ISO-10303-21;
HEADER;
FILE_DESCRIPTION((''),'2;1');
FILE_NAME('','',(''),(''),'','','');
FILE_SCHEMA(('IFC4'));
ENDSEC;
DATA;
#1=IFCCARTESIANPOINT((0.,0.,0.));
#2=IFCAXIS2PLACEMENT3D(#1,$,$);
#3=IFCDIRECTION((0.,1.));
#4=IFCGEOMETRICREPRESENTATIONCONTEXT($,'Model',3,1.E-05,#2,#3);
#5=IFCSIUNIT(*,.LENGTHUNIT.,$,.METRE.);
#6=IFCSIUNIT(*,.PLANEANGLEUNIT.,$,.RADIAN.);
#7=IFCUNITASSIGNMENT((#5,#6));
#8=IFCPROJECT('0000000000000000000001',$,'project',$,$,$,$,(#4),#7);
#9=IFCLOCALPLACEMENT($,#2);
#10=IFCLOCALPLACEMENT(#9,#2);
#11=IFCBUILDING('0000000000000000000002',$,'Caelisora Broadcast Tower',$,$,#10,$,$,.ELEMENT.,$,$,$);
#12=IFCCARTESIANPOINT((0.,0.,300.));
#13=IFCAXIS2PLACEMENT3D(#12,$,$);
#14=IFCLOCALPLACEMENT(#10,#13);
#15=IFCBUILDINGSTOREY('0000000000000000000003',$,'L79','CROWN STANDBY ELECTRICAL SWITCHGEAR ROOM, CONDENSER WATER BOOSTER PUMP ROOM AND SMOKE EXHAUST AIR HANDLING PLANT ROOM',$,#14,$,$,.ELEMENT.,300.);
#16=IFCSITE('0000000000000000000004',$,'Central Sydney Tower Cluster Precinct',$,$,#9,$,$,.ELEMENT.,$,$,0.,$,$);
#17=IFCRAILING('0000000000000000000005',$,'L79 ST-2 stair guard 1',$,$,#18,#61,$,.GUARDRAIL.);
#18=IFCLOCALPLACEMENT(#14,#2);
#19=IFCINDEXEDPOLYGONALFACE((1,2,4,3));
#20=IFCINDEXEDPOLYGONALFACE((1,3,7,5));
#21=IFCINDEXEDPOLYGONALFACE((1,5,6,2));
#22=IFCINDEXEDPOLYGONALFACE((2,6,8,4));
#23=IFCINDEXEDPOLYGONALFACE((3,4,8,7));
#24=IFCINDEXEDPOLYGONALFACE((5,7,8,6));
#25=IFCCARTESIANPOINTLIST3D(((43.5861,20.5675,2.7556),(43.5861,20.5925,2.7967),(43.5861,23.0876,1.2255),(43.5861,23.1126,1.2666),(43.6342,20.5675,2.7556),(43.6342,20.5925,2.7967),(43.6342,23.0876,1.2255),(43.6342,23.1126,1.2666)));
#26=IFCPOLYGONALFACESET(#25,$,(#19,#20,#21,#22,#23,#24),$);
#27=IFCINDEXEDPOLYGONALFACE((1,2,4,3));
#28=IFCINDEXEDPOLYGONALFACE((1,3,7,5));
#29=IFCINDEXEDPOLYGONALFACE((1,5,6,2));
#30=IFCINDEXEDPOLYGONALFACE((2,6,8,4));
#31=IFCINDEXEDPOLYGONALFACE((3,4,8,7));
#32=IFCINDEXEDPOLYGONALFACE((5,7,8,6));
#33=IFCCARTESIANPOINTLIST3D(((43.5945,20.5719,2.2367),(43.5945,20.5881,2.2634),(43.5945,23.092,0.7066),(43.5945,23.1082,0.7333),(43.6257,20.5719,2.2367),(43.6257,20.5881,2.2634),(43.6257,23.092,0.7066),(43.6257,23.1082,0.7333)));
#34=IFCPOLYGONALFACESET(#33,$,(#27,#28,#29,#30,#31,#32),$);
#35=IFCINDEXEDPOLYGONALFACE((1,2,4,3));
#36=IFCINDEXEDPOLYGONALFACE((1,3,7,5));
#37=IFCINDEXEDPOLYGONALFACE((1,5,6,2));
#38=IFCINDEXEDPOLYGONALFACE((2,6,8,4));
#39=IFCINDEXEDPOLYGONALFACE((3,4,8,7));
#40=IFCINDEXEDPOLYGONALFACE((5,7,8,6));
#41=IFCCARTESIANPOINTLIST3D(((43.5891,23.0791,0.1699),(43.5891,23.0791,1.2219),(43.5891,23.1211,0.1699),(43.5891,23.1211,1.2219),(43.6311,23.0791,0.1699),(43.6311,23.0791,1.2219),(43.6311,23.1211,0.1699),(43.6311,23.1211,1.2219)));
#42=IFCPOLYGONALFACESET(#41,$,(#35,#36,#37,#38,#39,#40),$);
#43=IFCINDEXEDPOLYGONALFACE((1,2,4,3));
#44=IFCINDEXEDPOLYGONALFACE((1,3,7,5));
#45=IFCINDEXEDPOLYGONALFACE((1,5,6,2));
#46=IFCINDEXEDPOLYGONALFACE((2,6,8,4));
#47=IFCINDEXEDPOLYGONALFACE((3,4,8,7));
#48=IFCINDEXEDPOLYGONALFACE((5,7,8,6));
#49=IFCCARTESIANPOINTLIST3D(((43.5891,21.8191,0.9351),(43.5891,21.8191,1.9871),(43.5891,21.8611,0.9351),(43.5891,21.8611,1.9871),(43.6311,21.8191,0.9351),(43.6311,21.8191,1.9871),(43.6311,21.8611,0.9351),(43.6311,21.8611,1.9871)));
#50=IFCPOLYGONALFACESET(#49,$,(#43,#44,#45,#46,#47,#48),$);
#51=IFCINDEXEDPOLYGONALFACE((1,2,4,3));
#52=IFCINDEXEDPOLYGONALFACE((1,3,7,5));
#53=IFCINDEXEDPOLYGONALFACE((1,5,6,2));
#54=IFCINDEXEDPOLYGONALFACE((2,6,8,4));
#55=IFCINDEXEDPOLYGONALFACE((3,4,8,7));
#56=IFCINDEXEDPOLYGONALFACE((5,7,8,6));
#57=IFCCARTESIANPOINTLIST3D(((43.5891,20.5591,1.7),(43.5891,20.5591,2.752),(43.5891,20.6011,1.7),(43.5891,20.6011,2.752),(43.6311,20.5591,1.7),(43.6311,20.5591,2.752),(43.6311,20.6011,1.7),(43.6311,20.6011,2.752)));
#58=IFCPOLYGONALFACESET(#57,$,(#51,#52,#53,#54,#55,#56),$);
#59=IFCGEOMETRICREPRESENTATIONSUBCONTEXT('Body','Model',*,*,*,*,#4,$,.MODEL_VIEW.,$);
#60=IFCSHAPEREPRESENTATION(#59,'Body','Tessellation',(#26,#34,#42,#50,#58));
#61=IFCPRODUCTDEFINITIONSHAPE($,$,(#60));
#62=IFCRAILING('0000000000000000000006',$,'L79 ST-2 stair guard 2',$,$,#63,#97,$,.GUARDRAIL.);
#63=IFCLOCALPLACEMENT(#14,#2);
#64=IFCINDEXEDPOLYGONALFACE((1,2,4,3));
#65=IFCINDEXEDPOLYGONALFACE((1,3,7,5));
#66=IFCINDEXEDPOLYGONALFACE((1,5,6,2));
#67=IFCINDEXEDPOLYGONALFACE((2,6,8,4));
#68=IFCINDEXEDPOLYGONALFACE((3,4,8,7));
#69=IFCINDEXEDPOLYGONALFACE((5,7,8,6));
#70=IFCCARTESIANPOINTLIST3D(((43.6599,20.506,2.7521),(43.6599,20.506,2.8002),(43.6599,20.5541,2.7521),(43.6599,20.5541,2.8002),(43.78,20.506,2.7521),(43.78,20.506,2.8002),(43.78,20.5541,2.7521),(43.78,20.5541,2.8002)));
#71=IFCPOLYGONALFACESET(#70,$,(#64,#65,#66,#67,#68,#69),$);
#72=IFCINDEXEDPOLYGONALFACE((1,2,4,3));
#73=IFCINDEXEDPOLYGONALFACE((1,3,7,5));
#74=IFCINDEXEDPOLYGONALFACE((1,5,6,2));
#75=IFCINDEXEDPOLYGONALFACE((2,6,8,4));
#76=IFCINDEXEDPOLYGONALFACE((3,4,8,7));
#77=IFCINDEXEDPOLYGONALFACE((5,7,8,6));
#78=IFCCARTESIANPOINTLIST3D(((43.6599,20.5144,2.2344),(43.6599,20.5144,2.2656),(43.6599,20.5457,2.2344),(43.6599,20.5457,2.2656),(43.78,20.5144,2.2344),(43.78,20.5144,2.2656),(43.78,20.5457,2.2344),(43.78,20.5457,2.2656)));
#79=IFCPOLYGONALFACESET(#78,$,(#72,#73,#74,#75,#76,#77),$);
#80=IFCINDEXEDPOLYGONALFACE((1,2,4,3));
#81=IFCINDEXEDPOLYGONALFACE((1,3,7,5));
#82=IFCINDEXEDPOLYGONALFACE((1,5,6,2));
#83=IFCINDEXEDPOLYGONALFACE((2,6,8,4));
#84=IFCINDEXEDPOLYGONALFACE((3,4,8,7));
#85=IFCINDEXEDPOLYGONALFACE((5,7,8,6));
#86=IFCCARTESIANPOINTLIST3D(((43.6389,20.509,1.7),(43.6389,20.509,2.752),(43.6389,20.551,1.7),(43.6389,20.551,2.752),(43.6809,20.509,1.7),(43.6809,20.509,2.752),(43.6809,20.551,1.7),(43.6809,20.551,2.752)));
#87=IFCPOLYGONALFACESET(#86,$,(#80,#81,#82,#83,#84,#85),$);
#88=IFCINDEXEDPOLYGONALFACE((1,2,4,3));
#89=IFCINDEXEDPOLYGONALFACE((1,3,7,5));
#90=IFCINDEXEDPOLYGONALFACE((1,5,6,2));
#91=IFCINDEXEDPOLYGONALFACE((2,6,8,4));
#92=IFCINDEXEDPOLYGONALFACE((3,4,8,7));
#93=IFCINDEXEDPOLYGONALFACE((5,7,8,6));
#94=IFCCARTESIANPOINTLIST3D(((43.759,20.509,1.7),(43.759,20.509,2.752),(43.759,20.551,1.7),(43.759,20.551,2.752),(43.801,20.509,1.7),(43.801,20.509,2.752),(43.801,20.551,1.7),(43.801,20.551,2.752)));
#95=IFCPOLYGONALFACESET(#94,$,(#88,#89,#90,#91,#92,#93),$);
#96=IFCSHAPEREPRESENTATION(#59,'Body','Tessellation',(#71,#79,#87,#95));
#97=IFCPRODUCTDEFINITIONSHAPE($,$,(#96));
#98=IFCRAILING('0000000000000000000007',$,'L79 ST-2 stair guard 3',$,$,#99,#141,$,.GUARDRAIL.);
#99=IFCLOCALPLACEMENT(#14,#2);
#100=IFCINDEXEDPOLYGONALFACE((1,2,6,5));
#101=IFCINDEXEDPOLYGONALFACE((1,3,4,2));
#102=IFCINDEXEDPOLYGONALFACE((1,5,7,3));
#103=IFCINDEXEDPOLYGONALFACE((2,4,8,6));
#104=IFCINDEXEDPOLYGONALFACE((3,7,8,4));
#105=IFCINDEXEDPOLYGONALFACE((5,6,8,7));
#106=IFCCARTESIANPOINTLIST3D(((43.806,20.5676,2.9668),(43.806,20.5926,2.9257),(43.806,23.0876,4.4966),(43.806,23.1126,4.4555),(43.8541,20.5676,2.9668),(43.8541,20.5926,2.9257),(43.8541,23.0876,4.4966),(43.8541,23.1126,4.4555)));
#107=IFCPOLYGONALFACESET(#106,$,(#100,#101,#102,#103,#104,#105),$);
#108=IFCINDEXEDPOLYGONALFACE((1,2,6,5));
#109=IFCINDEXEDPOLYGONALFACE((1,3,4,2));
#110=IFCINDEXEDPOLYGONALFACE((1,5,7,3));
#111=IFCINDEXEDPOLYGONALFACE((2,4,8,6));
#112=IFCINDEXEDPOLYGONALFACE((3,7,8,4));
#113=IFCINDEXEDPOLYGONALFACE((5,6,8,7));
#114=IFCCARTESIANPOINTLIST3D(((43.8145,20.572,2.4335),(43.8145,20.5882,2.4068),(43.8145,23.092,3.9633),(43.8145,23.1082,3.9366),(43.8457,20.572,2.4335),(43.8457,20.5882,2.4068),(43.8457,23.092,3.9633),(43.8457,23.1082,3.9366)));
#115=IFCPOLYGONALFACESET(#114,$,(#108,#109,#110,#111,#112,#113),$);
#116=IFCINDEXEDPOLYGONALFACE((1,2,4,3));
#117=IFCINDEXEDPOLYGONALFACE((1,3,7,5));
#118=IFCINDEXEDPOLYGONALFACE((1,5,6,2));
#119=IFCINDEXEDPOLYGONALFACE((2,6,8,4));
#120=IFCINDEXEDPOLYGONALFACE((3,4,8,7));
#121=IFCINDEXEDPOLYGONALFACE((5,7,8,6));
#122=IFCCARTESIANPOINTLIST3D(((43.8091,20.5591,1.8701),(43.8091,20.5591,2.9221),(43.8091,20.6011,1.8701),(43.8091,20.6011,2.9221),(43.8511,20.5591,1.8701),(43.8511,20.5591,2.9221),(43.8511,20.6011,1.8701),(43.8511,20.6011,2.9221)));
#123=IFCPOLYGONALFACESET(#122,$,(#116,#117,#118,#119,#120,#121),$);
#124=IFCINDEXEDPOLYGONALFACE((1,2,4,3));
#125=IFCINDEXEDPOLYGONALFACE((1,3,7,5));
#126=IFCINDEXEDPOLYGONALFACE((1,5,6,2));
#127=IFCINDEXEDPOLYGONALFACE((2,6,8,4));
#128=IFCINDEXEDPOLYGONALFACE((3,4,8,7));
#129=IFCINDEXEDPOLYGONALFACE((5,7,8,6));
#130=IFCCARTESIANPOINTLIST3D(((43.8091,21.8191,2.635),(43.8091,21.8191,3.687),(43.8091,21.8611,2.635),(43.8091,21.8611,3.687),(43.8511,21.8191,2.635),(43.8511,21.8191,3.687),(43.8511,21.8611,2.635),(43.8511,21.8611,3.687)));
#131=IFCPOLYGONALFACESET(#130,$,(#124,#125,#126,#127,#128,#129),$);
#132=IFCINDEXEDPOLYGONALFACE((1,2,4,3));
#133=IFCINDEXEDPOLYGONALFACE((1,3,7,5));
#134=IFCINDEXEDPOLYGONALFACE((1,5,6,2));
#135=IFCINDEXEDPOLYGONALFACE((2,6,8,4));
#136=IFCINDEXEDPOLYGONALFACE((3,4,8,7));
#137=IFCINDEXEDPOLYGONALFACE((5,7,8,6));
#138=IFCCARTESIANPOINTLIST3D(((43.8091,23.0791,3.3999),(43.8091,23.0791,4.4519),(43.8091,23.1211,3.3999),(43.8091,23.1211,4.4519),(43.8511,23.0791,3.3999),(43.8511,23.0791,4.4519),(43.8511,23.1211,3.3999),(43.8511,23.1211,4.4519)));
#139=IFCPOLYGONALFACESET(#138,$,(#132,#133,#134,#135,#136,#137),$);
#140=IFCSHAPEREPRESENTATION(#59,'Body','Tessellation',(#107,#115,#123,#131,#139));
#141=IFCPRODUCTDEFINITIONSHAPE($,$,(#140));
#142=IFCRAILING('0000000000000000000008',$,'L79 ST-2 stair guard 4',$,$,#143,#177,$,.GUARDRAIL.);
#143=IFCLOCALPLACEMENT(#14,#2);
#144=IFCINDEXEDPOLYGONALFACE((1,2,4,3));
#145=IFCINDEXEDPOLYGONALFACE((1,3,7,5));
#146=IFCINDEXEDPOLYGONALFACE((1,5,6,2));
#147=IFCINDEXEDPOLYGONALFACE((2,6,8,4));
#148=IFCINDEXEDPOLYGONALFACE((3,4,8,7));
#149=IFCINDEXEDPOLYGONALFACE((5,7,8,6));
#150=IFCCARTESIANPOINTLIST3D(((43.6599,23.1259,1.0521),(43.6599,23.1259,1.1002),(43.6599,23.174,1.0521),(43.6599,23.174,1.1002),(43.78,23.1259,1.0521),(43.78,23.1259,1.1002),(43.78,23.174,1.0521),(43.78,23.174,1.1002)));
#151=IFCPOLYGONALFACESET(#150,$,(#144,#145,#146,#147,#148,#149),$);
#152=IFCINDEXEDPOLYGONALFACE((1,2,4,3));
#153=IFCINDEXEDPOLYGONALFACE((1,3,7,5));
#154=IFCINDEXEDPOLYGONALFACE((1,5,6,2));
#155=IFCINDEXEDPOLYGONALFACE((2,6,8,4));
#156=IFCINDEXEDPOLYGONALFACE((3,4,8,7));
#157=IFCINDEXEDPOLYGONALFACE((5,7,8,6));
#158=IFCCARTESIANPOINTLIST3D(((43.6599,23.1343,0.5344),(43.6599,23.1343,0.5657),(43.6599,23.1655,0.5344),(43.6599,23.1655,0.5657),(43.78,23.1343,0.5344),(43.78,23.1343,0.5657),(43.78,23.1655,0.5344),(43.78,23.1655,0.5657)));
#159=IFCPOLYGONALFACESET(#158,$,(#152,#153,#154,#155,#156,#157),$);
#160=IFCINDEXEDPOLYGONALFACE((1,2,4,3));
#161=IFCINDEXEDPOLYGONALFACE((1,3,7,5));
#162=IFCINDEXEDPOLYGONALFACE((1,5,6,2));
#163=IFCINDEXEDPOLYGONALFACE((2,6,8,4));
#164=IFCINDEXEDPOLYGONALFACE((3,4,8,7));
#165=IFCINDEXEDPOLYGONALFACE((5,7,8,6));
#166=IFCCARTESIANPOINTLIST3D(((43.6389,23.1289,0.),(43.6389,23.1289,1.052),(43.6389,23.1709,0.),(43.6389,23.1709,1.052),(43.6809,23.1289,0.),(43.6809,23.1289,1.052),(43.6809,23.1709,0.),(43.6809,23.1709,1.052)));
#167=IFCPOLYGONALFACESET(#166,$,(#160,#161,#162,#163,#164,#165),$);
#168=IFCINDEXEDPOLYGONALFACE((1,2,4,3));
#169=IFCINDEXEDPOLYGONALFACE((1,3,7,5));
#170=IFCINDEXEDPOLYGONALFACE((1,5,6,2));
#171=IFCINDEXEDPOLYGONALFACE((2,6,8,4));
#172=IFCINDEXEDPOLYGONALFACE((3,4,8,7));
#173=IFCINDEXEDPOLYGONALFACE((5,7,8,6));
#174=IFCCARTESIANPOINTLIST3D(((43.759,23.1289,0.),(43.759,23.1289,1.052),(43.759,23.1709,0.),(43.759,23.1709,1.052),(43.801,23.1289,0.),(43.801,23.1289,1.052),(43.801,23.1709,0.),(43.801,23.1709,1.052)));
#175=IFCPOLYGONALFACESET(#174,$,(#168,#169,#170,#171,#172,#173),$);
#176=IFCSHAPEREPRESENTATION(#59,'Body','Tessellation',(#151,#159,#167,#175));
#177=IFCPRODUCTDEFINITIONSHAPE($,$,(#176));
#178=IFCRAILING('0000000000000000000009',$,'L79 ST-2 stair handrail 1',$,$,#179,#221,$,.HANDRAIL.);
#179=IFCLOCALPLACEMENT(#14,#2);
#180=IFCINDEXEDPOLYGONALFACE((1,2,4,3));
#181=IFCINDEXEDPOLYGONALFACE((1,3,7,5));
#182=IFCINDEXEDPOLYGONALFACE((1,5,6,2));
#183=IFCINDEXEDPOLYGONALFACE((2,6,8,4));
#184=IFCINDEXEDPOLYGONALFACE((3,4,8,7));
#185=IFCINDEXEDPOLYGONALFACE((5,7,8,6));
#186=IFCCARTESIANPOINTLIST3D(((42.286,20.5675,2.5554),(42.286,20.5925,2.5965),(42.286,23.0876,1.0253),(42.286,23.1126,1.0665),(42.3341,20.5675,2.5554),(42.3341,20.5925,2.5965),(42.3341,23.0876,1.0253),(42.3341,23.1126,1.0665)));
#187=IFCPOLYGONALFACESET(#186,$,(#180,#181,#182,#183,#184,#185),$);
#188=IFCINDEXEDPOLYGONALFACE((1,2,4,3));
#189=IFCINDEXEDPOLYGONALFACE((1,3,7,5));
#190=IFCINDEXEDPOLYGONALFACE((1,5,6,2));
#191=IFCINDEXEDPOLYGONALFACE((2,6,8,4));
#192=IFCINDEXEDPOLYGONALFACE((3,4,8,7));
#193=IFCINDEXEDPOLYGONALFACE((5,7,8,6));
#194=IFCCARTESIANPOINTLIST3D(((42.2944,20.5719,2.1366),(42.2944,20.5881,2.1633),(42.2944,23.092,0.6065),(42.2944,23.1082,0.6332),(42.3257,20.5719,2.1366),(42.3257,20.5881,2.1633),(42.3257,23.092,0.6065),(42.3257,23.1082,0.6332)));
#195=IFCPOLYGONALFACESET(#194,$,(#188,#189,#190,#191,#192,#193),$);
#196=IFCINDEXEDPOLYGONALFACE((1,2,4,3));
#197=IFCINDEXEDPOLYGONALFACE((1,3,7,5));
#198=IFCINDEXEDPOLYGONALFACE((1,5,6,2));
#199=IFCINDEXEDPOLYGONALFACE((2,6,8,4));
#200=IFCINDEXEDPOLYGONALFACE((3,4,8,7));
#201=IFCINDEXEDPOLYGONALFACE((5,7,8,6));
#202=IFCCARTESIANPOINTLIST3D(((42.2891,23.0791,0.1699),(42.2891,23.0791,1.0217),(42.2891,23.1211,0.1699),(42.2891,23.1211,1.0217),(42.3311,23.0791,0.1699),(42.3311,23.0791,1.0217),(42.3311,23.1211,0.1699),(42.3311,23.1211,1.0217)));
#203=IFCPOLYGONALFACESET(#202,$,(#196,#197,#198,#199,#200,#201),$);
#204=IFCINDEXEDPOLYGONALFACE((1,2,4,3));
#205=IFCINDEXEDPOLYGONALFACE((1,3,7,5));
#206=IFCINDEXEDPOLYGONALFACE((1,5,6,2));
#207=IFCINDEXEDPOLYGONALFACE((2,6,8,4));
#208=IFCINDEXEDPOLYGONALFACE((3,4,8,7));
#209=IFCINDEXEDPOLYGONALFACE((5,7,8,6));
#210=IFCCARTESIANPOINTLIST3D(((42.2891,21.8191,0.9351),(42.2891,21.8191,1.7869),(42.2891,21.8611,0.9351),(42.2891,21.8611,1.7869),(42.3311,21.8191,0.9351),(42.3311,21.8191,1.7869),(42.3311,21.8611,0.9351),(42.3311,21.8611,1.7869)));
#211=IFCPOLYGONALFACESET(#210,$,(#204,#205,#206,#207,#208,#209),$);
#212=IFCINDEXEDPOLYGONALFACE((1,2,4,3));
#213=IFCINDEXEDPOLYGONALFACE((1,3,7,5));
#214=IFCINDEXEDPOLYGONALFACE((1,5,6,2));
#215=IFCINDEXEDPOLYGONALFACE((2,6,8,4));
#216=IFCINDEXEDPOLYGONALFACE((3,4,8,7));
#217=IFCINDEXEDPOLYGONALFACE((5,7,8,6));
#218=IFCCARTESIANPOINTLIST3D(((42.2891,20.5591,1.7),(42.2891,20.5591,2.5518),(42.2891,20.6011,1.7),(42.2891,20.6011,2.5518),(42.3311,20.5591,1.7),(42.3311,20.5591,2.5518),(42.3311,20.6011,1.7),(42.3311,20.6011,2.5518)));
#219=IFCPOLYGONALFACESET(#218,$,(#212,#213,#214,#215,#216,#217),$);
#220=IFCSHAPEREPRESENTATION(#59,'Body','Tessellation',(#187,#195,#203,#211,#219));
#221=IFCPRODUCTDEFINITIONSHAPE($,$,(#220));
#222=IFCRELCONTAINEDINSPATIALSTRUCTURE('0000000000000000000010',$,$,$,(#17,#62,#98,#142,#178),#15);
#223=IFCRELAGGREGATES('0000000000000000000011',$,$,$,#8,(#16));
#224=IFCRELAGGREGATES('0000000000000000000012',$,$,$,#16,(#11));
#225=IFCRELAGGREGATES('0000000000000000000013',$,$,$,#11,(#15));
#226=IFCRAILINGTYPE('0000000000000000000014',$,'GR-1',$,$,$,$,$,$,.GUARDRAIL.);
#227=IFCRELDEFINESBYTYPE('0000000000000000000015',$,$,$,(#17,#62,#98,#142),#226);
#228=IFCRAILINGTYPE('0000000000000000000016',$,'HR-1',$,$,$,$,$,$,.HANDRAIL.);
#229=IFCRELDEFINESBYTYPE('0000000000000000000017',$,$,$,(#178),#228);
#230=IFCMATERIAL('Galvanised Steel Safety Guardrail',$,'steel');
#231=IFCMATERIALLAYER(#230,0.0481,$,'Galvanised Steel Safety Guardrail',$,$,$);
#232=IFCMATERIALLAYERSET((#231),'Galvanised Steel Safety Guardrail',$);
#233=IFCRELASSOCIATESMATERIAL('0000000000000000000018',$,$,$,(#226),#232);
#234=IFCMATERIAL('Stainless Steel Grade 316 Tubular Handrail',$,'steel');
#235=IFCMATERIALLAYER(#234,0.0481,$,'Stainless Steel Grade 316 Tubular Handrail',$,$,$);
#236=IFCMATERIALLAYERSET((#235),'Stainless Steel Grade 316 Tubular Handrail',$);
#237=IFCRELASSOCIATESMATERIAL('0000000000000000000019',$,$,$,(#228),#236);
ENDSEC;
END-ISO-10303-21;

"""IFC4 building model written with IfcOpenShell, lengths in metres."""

from ifc_helpers import new_model, si_unit, direction, frame, origin, origin_2d, place, context, subcontext, project, spatial, rectangle, extrude, material, layer, layer_set, type_object, element, save


model = new_model("IFC4")

# Units and contexts
model_context = context("Model", 3, precision=1e-05, world=origin(), true_north=direction((0.0, 1.0)))
body_context = subcontext(model_context, "Body", "Model", "MODEL_VIEW")
ifc_project = project(units=[si_unit("LENGTHUNIT", "METRE"), si_unit("PLANEANGLEUNIT", "RADIAN")], contexts=[model_context])

# Site, building, storey
site_placement = place(None, origin())
site = spatial("IfcSite", under=ifc_project, at=site_placement, Name="Central Sydney Tower Cluster Precinct", CompositionType="ELEMENT", RefElevation=0.0)
building_placement = place(site_placement, origin())
building = spatial("IfcBuilding", under=site, at=building_placement, Name="Caelisora Broadcast Tower", CompositionType="ELEMENT")
storey_placement = place(building_placement, frame((0.0, 0.0, 300.0)))
storey = spatial("IfcBuildingStorey", under=building, at=storey_placement, Name="L79", Description="CROWN STANDBY ELECTRICAL SWITCHGEAR ROOM, CONDENSER WATER BOOSTER PUMP ROOM AND SMOKE EXHAUST AIR HANDLING PLANT ROOM", CompositionType="ELEMENT", Elevation=300.0)

# Railings
ifc_material_1 = material(Name="Galvanised Steel Safety Guardrail", Category="steel")
ifc_layer_1 = layer(ifc_material_1, 0.0481, Name="Galvanised Steel Safety Guardrail")
ifc_layer_set_1 = layer_set([ifc_layer_1], Name="Galvanised Steel Safety Guardrail")
railing_type_1 = type_object("IfcRailingType", Name="GR-1", PredefinedType="GUARDRAIL", material=ifc_layer_set_1)
railing_1_placement = place(storey_placement, frame((43.6101, 23.1001, 0.1699)))
element("IfcRailing", 1, at=railing_1_placement, inside=storey, type_object=railing_type_1, Name="L79 ST-2 stair guard 1", PredefinedType="GUARDRAIL", context=body_context, shape_type="SweptSolid", body=[
    extrude(rectangle(XDim=0.0481, YDim=0.0481, at=origin_2d()), frame((0.0, 0.0, 1.0762), z_axis=(0.0, -0.854785, 0.518982), x_axis=(1.0, 0.0, 0.0)), (0.0, 0.0, 1.0), 2.9482),
    extrude(rectangle(XDim=0.0312, YDim=0.0312, at=origin_2d()), frame((0.0, 0.0, 0.55), z_axis=(0.0, -0.854785, 0.518982), x_axis=(1.0, 0.0, 0.0)), (0.0, 0.0, 1.0), 2.9482),
    extrude(rectangle(XDim=0.042, YDim=0.042, at=origin_2d()), origin(), (0.0, 0.0, 1.0), 1.052),
    extrude(rectangle(XDim=0.042, YDim=0.042, at=origin_2d()), frame((0.0, -1.26, 0.7651)), (0.0, 0.0, 1.0), 1.052),
    extrude(rectangle(XDim=0.042, YDim=0.042, at=origin_2d()), frame((0.0, -2.52, 1.53)), (0.0, 0.0, 1.0), 1.052),
])
railing_2_placement = place(storey_placement, frame((43.6599, 20.53, 1.7)))
element("IfcRailing", 2, at=railing_2_placement, inside=storey, type_object=railing_type_1, Name="L79 ST-2 stair guard 2", PredefinedType="GUARDRAIL", context=body_context, shape_type="SweptSolid", body=[
    extrude(rectangle(XDim=0.0481, YDim=0.0481, at=origin_2d()), frame((0.0, 0.0, 1.0762), z_axis=(1.0, 0.0, 0.0), x_axis=(0.0, 1.0, 0.0)), (0.0, 0.0, 1.0), 0.1201),
    extrude(rectangle(XDim=0.0312, YDim=0.0312, at=origin_2d()), frame((0.0, 0.0, 0.55), z_axis=(1.0, 0.0, 0.0), x_axis=(0.0, 1.0, 0.0)), (0.0, 0.0, 1.0), 0.1201),
    extrude(rectangle(XDim=0.042, YDim=0.042, at=origin_2d()), origin(), (0.0, 0.0, 1.0), 1.052),
    extrude(rectangle(XDim=0.042, YDim=0.042, at=origin_2d()), frame((0.1201, 0.0, 0.0)), (0.0, 0.0, 1.0), 1.052),
])
railing_3_placement = place(storey_placement, frame((43.8301, 20.5801, 1.8701)))
element("IfcRailing", 3, at=railing_3_placement, inside=storey, type_object=railing_type_1, Name="L79 ST-2 stair guard 3", PredefinedType="GUARDRAIL", context=body_context, shape_type="SweptSolid", body=[
    extrude(rectangle(XDim=0.0481, YDim=0.0481, at=origin_2d()), frame((0.0, 0.0, 1.0762), z_axis=(0.0, 0.854822, 0.518922), x_axis=(-1.0, 0.0, 0.0)), (0.0, 0.0, 1.0), 2.948),
    extrude(rectangle(XDim=0.0312, YDim=0.0312, at=origin_2d()), frame((0.0, 0.0, 0.55), z_axis=(0.0, 0.854822, 0.518922), x_axis=(-1.0, 0.0, 0.0)), (0.0, 0.0, 1.0), 2.948),
    extrude(rectangle(XDim=0.042, YDim=0.042, at=origin_2d()), origin(), (0.0, 0.0, 1.0), 1.052),
    extrude(rectangle(XDim=0.042, YDim=0.042, at=origin_2d()), frame((0.0, 1.26, 0.7649)), (0.0, 0.0, 1.0), 1.052),
    extrude(rectangle(XDim=0.042, YDim=0.042, at=origin_2d()), frame((0.0, 2.52, 1.5298)), (0.0, 0.0, 1.0), 1.052),
])
railing_4_placement = place(storey_placement, frame((43.6599, 23.1499, 0.0)))
element("IfcRailing", 4, at=railing_4_placement, inside=storey, type_object=railing_type_1, Name="L79 ST-2 stair guard 4", PredefinedType="GUARDRAIL", context=body_context, shape_type="SweptSolid", body=[
    extrude(rectangle(XDim=0.0481, YDim=0.0481, at=origin_2d()), frame((0.0, 0.0, 1.0762), z_axis=(1.0, 0.0, 0.0), x_axis=(0.0, 1.0, 0.0)), (0.0, 0.0, 1.0), 0.1201),
    extrude(rectangle(XDim=0.0312, YDim=0.0312, at=origin_2d()), frame((0.0, 0.0, 0.55), z_axis=(1.0, 0.0, 0.0), x_axis=(0.0, 1.0, 0.0)), (0.0, 0.0, 1.0), 0.1201),
    extrude(rectangle(XDim=0.042, YDim=0.042, at=origin_2d()), origin(), (0.0, 0.0, 1.0), 1.052),
    extrude(rectangle(XDim=0.042, YDim=0.042, at=origin_2d()), frame((0.1201, 0.0, 0.0)), (0.0, 0.0, 1.0), 1.052),
])
ifc_material_2 = material(Name="Stainless Steel Grade 316 Tubular Handrail", Category="steel")
ifc_layer_2 = layer(ifc_material_2, 0.0481, Name="Stainless Steel Grade 316 Tubular Handrail")
ifc_layer_set_2 = layer_set([ifc_layer_2], Name="Stainless Steel Grade 316 Tubular Handrail")
railing_type_2 = type_object("IfcRailingType", Name="HR-1", PredefinedType="HANDRAIL", material=ifc_layer_set_2)
railing_5_placement = place(storey_placement, frame((42.3101, 23.1001, 0.1699)))
element("IfcRailing", 5, at=railing_5_placement, inside=storey, type_object=railing_type_2, Name="L79 ST-2 stair handrail 1", PredefinedType="HANDRAIL", context=body_context, shape_type="SweptSolid", body=[
    extrude(rectangle(XDim=0.0481, YDim=0.0481, at=origin_2d()), frame((0.0, 0.0, 0.876), z_axis=(0.0, -0.854785, 0.518982), x_axis=(1.0, 0.0, 0.0)), (0.0, 0.0, 1.0), 2.9482),
    extrude(rectangle(XDim=0.0312, YDim=0.0312, at=origin_2d()), frame((0.0, 0.0, 0.45), z_axis=(0.0, -0.854785, 0.518982), x_axis=(1.0, 0.0, 0.0)), (0.0, 0.0, 1.0), 2.9482),
    extrude(rectangle(XDim=0.042, YDim=0.042, at=origin_2d()), origin(), (0.0, 0.0, 1.0), 0.8518),
    extrude(rectangle(XDim=0.042, YDim=0.042, at=origin_2d()), frame((0.0, -1.26, 0.7651)), (0.0, 0.0, 1.0), 0.8518),
    extrude(rectangle(XDim=0.042, YDim=0.042, at=origin_2d()), frame((0.0, -2.52, 1.53)), (0.0, 0.0, 1.0), 0.8518),
])

save(model, "model.ifc")
